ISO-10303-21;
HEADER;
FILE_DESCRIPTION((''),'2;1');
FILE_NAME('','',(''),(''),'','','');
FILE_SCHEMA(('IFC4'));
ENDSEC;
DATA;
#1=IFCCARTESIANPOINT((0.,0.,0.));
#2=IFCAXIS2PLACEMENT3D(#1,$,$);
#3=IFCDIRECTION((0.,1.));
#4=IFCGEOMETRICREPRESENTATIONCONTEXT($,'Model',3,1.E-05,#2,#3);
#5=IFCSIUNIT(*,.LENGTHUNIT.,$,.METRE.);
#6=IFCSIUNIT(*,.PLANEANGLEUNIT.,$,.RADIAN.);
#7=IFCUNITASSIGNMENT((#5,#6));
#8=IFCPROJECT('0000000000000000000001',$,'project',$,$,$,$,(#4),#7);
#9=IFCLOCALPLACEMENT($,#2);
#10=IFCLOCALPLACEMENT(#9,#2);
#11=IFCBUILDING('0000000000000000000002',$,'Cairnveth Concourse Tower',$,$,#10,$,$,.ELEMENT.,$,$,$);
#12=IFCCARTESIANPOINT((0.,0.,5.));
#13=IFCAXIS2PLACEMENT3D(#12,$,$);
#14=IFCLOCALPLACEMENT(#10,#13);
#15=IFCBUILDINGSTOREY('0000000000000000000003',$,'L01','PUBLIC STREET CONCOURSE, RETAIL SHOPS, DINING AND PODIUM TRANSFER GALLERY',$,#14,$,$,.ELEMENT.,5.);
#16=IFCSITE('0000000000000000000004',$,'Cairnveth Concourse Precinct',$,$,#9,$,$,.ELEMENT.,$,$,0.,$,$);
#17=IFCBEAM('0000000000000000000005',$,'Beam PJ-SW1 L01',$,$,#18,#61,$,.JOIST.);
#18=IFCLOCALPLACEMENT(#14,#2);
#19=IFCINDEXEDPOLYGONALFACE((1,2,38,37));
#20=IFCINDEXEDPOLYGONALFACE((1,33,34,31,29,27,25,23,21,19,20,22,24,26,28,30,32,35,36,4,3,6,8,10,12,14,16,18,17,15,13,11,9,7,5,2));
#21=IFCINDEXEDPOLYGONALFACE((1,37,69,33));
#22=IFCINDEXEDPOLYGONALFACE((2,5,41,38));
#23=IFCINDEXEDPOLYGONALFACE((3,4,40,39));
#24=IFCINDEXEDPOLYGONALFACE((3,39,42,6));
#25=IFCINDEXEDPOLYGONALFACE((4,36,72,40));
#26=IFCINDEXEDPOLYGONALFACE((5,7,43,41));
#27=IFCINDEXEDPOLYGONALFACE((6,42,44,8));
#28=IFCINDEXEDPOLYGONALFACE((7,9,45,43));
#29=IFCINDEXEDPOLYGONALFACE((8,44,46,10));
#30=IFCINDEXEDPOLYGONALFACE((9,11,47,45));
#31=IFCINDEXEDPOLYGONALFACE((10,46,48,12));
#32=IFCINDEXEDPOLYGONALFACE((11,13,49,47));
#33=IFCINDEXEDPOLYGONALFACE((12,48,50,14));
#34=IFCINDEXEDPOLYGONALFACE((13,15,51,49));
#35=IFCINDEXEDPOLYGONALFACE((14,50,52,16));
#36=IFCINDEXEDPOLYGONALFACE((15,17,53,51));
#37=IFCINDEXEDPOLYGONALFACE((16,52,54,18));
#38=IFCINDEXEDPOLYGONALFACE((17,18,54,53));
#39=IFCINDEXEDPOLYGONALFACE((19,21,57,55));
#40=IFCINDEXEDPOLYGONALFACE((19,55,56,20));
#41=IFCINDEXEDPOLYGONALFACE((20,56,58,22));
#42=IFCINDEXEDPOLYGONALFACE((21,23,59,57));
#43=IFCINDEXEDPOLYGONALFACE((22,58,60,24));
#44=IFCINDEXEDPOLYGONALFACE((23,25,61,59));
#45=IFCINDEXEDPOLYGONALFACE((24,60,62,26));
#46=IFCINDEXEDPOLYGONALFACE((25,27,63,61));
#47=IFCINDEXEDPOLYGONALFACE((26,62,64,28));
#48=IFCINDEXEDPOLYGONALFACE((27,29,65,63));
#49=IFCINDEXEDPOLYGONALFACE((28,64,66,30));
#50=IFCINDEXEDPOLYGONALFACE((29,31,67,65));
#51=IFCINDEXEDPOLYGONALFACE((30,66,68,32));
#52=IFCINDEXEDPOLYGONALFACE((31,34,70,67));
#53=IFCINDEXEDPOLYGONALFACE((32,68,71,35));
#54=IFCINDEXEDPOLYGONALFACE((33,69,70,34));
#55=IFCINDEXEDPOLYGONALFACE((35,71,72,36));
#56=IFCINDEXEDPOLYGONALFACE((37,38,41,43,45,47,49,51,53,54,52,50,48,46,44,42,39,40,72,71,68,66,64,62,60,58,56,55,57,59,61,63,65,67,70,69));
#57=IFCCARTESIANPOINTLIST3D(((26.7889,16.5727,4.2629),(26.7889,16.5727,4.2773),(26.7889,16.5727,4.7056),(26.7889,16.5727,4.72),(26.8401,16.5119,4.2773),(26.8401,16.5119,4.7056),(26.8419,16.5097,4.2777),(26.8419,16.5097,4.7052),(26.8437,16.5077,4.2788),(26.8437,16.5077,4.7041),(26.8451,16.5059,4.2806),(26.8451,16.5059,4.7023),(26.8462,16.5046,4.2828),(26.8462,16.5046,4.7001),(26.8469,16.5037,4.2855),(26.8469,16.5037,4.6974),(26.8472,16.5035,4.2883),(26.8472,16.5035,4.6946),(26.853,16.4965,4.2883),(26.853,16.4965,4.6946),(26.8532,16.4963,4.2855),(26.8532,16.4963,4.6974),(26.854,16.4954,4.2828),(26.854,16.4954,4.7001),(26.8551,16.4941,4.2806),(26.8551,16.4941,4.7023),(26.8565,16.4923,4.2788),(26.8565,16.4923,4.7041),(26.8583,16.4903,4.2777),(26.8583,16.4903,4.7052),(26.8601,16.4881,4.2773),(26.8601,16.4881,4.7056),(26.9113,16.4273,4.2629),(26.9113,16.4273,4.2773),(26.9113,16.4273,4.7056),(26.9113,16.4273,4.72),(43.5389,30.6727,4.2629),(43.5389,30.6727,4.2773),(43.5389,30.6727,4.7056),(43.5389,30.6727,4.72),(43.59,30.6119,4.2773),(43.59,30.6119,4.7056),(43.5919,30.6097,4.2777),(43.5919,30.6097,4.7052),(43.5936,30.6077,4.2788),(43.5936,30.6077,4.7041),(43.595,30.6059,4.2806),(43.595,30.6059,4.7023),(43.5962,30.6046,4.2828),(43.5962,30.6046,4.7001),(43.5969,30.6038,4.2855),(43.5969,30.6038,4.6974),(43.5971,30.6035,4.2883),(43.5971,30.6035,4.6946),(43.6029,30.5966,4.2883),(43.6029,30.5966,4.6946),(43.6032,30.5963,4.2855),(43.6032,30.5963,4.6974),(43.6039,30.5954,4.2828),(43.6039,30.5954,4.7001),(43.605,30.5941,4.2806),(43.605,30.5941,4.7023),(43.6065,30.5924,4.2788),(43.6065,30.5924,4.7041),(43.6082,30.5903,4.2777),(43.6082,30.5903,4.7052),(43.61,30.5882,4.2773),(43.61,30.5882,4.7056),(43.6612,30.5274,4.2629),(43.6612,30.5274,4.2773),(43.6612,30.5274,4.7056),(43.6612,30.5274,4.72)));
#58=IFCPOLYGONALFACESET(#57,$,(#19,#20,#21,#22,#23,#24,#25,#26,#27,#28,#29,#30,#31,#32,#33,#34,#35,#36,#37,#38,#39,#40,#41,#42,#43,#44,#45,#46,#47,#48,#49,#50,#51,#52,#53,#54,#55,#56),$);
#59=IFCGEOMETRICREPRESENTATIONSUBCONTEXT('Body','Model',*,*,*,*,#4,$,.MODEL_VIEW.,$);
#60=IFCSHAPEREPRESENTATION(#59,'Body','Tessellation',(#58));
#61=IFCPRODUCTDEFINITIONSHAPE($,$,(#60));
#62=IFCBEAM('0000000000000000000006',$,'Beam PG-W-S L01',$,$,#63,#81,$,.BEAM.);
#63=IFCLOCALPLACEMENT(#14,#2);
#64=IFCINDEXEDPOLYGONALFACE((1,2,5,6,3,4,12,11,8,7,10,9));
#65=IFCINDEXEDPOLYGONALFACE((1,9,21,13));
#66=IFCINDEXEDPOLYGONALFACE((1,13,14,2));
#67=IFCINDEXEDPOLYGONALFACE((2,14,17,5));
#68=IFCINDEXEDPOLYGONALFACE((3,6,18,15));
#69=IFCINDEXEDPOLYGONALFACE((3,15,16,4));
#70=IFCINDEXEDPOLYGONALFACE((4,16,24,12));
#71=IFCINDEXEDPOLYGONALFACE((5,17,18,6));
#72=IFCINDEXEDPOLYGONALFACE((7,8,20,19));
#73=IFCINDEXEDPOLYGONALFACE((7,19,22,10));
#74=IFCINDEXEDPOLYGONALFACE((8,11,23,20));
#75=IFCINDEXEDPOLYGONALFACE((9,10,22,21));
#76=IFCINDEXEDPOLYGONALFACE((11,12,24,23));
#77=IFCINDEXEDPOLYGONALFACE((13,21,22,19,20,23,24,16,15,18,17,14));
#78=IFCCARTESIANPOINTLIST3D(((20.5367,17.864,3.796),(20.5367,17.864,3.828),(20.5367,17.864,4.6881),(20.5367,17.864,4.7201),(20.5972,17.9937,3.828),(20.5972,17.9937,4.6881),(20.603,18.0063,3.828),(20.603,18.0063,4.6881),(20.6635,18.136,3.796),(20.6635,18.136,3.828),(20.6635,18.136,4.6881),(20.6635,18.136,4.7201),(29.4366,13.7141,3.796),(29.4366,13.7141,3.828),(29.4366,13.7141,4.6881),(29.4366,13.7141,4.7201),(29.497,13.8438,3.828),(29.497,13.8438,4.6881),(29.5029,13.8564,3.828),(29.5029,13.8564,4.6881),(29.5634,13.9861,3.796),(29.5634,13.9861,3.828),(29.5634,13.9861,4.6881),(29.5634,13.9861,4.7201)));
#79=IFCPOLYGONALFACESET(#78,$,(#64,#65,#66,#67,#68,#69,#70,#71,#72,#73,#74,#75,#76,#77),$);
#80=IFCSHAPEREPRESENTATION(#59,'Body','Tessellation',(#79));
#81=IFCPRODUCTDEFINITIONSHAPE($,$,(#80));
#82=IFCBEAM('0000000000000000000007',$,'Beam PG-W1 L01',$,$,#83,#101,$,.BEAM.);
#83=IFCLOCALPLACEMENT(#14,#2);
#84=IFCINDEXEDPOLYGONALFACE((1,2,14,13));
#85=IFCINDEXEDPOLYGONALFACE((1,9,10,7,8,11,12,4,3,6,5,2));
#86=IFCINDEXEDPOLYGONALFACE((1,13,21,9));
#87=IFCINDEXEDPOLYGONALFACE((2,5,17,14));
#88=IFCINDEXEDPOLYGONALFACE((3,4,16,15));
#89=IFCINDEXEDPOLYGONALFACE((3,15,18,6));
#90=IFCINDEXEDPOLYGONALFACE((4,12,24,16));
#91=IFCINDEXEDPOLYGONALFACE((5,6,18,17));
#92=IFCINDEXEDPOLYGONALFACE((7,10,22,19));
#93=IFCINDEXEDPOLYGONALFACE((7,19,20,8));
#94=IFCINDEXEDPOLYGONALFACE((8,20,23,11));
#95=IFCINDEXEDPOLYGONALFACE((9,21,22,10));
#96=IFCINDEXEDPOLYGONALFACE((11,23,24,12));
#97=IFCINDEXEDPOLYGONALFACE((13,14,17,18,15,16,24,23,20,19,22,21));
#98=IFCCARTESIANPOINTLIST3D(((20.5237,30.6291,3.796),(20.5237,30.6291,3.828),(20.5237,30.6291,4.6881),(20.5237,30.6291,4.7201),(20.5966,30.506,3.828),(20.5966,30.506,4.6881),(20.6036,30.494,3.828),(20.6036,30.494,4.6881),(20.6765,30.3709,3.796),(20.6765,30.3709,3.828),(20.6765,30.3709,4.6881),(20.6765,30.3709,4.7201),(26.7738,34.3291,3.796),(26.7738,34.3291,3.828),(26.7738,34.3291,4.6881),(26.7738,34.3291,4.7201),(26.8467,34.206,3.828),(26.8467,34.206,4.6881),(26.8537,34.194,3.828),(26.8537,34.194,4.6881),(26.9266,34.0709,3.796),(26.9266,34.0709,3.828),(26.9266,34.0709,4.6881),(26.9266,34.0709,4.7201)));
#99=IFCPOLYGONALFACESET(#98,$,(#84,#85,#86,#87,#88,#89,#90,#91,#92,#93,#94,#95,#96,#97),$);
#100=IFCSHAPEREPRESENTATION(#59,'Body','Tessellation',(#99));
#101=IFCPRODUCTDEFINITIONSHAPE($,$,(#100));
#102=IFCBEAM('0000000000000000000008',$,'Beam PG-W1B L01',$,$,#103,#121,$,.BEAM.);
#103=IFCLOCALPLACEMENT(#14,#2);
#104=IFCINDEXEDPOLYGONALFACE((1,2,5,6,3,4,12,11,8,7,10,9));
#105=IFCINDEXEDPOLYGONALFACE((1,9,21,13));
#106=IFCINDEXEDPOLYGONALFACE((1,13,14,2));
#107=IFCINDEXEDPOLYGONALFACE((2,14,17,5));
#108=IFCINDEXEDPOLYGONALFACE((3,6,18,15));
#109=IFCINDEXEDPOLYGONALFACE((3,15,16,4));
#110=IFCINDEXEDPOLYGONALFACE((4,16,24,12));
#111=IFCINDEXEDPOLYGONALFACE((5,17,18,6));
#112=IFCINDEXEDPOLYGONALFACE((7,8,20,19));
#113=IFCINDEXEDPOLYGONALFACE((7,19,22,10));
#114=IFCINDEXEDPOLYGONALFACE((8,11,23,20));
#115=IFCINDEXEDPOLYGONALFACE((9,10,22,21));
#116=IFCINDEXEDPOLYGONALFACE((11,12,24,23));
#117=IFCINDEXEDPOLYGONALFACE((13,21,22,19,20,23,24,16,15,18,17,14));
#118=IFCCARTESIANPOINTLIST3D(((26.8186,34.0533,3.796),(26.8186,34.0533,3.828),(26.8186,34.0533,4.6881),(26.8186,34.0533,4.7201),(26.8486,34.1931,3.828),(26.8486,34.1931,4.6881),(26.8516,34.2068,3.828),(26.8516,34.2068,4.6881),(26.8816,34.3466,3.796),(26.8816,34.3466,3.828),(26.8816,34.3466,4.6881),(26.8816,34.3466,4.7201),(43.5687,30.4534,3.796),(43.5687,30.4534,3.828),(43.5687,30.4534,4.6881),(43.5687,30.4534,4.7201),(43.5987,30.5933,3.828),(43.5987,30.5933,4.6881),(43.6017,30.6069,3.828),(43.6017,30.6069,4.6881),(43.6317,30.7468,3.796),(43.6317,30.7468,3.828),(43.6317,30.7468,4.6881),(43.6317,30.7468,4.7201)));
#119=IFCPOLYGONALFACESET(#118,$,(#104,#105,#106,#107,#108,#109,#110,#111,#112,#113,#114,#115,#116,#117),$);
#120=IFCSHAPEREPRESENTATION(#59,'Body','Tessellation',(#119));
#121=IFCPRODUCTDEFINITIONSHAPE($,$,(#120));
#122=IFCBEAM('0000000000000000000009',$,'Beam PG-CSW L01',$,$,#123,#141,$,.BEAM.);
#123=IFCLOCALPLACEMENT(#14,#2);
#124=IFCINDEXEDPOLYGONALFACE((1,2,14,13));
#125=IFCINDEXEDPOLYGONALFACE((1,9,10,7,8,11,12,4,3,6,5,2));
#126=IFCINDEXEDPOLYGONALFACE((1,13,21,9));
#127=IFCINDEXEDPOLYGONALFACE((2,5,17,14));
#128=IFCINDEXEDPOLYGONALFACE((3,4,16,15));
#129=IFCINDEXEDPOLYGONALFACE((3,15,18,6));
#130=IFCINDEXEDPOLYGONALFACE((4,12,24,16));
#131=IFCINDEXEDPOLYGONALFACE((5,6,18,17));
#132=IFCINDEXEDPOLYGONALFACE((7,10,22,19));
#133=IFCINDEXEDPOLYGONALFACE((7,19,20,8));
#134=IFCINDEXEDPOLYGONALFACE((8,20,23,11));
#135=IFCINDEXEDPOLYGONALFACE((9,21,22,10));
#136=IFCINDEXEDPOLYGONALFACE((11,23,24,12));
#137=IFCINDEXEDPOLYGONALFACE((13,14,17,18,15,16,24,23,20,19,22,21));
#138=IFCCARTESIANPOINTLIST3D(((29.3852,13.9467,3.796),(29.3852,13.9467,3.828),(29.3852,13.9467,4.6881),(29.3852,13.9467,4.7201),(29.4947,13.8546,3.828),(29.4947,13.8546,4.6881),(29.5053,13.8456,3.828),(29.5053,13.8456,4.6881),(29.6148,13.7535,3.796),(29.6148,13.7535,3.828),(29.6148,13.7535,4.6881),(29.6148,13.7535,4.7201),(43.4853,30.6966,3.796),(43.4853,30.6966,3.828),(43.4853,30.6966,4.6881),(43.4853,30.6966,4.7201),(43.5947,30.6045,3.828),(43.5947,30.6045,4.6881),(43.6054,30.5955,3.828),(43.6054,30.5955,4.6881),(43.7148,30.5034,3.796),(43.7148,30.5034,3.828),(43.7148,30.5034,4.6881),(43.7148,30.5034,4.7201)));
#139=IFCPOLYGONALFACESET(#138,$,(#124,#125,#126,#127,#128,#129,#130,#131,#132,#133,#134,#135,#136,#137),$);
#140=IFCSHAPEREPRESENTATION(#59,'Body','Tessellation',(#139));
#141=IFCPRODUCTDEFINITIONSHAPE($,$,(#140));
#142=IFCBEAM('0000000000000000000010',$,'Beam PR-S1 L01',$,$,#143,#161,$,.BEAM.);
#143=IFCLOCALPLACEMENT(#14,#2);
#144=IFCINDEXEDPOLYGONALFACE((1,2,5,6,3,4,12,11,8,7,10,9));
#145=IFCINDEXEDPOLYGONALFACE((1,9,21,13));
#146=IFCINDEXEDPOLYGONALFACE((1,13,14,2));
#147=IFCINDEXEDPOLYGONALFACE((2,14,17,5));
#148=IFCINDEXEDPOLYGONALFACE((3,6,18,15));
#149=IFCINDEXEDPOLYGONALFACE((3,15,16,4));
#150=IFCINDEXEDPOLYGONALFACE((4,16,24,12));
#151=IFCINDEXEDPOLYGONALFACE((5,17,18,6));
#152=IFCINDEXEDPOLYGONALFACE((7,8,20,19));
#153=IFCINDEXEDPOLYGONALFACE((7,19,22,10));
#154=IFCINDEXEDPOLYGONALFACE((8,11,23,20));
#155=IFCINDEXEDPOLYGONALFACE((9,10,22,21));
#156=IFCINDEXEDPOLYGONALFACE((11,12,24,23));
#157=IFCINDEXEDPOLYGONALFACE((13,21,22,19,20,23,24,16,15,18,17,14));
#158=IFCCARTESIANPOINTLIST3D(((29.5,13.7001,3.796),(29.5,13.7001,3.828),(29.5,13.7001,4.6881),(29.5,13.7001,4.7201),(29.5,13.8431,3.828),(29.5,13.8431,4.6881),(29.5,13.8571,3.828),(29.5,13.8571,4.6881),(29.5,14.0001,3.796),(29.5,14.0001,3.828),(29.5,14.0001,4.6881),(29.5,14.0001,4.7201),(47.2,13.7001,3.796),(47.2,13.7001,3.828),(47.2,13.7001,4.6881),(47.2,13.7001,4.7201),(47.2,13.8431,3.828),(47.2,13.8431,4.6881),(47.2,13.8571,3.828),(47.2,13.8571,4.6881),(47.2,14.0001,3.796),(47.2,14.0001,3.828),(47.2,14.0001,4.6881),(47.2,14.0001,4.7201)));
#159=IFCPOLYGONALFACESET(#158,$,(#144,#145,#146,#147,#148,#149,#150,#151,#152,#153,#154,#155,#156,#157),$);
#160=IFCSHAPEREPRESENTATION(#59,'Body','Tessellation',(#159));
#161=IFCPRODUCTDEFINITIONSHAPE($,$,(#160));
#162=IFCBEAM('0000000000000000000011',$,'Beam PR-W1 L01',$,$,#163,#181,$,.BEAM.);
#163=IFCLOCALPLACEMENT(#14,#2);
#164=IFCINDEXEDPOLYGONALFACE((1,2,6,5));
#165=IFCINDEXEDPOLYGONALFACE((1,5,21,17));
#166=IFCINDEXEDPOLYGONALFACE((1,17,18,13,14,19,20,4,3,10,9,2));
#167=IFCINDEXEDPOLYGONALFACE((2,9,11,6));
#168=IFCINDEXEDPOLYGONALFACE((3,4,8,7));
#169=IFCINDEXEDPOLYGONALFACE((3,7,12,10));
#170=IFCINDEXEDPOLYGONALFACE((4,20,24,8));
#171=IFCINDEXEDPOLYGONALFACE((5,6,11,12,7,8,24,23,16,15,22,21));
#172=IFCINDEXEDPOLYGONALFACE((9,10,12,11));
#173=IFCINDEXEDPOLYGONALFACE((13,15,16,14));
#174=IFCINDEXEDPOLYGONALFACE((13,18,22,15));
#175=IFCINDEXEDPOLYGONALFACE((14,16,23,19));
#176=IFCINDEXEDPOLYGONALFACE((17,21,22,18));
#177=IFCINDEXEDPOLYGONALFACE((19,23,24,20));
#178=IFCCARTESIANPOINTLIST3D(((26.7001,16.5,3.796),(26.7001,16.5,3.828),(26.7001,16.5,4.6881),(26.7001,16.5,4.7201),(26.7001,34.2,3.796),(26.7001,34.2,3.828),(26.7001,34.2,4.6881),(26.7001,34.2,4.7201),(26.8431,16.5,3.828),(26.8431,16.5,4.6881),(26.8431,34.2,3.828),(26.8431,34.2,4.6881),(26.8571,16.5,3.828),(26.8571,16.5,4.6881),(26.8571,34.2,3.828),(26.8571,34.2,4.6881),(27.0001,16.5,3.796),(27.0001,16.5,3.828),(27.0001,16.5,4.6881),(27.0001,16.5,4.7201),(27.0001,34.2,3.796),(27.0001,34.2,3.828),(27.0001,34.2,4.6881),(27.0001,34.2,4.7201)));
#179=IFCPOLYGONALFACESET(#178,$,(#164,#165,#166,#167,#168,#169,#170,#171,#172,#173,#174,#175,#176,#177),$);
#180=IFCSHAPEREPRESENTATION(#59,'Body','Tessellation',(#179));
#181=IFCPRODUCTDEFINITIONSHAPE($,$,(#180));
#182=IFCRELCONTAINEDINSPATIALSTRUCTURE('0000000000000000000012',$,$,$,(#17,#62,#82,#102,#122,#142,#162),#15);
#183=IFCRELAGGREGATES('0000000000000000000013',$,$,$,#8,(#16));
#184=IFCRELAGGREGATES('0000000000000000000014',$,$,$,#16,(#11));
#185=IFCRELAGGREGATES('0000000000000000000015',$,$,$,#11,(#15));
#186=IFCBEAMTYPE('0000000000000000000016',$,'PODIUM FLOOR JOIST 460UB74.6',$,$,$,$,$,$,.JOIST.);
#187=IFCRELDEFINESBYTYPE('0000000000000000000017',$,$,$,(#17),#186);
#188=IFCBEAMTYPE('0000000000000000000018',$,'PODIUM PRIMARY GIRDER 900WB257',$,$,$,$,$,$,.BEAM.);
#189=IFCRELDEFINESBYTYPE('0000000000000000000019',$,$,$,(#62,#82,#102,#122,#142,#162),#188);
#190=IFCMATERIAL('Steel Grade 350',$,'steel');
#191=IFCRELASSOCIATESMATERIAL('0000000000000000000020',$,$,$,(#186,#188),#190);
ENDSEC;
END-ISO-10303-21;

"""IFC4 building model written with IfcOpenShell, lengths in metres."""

from ifc_helpers import new_model, si_unit, direction, frame, origin, origin_2d, place, context, subcontext, project, spatial, i_section, extrude, material, material_profile, profile_set, type_object, element, save


model = new_model("IFC4")

# Units and contexts
model_context = context("Model", 3, precision=1e-05, world=origin(), true_north=direction((0.0, 1.0)))
body_context = subcontext(model_context, "Body", "Model", "MODEL_VIEW")
ifc_project = project(units=[si_unit("LENGTHUNIT", "METRE"), si_unit("PLANEANGLEUNIT", "RADIAN")], contexts=[model_context])

# Site, building, storey
site_placement = place(None, origin())
site = spatial("IfcSite", under=ifc_project, at=site_placement, Name="Cairnveth Concourse Precinct", CompositionType="ELEMENT", RefElevation=0.0)
building_placement = place(site_placement, origin())
building = spatial("IfcBuilding", under=site, at=building_placement, Name="Cairnveth Concourse Tower", CompositionType="ELEMENT")
storey_placement = place(building_placement, frame((0.0, 0.0, 5.0)))
storey = spatial("IfcBuildingStorey", under=building, at=storey_placement, Name="L01", Description="PUBLIC STREET CONCOURSE, RETAIL SHOPS, DINING AND PODIUM TRANSFER GALLERY", CompositionType="ELEMENT", Elevation=5.0)

# Beams
ifc_material_1 = material(Name="Steel Grade 350", Category="steel")
ifc_material_profile_1 = material_profile(ifc_material_1, i_section(OverallWidth=0.1899, OverallDepth=0.457, WebThickness=0.009, FlangeThickness=0.0144, FilletRadius=0.011, at=origin_2d()), Name="460UB74.6")
ifc_profile_set_1 = profile_set([ifc_material_profile_1], Name="Steel Grade 350")
beam_type_1 = type_object("IfcBeamType", Name="PODIUM FLOOR JOIST 460UB74.6", PredefinedType="JOIST", material=ifc_profile_set_1)
beam_1_placement = place(storey_placement, frame((26.8501, 16.5, 4.4915), z_axis=(0.765027, 0.643998, 0.0), x_axis=(-0.643998, 0.765027, 0.0)))
element("IfcBeam", 1, at=beam_1_placement, inside=storey, type_object=beam_type_1, Name="Beam PJ-SW1 L01", PredefinedType="JOIST", context=body_context, shape_type="SweptSolid", body=[
    extrude(i_section(OverallWidth=0.1899, OverallDepth=0.457, WebThickness=0.009, FlangeThickness=0.0144, FilletRadius=0.011, at=origin_2d()), origin(), (0.0, 0.0, 1.0), 21.8945),
])
ifc_material_profile_2 = material_profile(ifc_material_1, i_section(OverallWidth=0.3, OverallDepth=0.9241, WebThickness=0.0139, FlangeThickness=0.032, at=origin_2d()), Name="900WB257")
ifc_profile_set_2 = profile_set([ifc_material_profile_2], Name="Steel Grade 350")
beam_type_2 = type_object("IfcBeamType", Name="PODIUM PRIMARY GIRDER 900WB257", PredefinedType="BEAM", material=ifc_profile_set_2)
beam_2_placement = place(storey_placement, frame((20.6001, 18.0, 4.2581), z_axis=(0.906315, -0.422602, 0.0), x_axis=(0.422602, 0.906315, 0.0)))
element("IfcBeam", 2, at=beam_2_placement, inside=storey, type_object=beam_type_2, Name="Beam PG-W-S L01", PredefinedType="BEAM", context=body_context, shape_type="SweptSolid", body=[
    extrude(i_section(OverallWidth=0.3, OverallDepth=0.9241, WebThickness=0.0139, FlangeThickness=0.032, at=origin_2d()), origin(), (0.0, 0.0, 1.0), 9.8198),
])
beam_3_placement = place(storey_placement, frame((20.6001, 30.5, 4.2581), z_axis=(0.860518, 0.50942, 0.0), x_axis=(-0.50942, 0.860518, 0.0)))
element("IfcBeam", 3, at=beam_3_placement, inside=storey, type_object=beam_type_2, Name="Beam PG-W1 L01", PredefinedType="BEAM", context=body_context, shape_type="SweptSolid", body=[
    extrude(i_section(OverallWidth=0.3, OverallDepth=0.9241, WebThickness=0.0139, FlangeThickness=0.032, at=origin_2d()), origin(), (0.0, 0.0, 1.0), 7.2632),
])
beam_4_placement = place(storey_placement, frame((26.8501, 34.2, 4.2581), z_axis=(0.977676, -0.210119, 0.0), x_axis=(0.210119, 0.977676, 0.0)))
element("IfcBeam", 4, at=beam_4_placement, inside=storey, type_object=beam_type_2, Name="Beam PG-W1B L01", PredefinedType="BEAM", context=body_context, shape_type="SweptSolid", body=[
    extrude(i_section(OverallWidth=0.3, OverallDepth=0.9241, WebThickness=0.0139, FlangeThickness=0.032, at=origin_2d()), origin(), (0.0, 0.0, 1.0), 17.1326),
])
beam_5_placement = place(storey_placement, frame((29.5, 13.8501, 4.2581), z_axis=(0.643998, 0.765027, 0.0), x_axis=(-0.765027, 0.643998, 0.0)))
element("IfcBeam", 5, at=beam_5_placement, inside=storey, type_object=beam_type_2, Name="Beam PG-CSW L01", PredefinedType="BEAM", context=body_context, shape_type="SweptSolid", body=[
    extrude(i_section(OverallWidth=0.3, OverallDepth=0.9241, WebThickness=0.0139, FlangeThickness=0.032, at=origin_2d()), origin(), (0.0, 0.0, 1.0), 21.8945),
])
for number, where, z_axis, x_axis, name in (
    (6, (29.5, 13.8501, 4.2581), (1.0, 0.0, 0.0), (0.0, 1.0, 0.0), "Beam PR-S1 L01"),
    (7, (26.8501, 16.5, 4.2581), (0.0, 1.0, 0.0), (-1.0, 0.0, 0.0), "Beam PR-W1 L01"),
):
    element("IfcBeam", number, at=place(storey_placement, frame(where, z_axis=z_axis, x_axis=x_axis)), inside=storey, type_object=beam_type_2, Name=name, PredefinedType="BEAM", context=body_context, shape_type="SweptSolid", body=[
        extrude(i_section(OverallWidth=0.3, OverallDepth=0.9241, WebThickness=0.0139, FlangeThickness=0.032, at=origin_2d()), origin(), (0.0, 0.0, 1.0), 17.7),
    ])

save(model, "model.ifc")
